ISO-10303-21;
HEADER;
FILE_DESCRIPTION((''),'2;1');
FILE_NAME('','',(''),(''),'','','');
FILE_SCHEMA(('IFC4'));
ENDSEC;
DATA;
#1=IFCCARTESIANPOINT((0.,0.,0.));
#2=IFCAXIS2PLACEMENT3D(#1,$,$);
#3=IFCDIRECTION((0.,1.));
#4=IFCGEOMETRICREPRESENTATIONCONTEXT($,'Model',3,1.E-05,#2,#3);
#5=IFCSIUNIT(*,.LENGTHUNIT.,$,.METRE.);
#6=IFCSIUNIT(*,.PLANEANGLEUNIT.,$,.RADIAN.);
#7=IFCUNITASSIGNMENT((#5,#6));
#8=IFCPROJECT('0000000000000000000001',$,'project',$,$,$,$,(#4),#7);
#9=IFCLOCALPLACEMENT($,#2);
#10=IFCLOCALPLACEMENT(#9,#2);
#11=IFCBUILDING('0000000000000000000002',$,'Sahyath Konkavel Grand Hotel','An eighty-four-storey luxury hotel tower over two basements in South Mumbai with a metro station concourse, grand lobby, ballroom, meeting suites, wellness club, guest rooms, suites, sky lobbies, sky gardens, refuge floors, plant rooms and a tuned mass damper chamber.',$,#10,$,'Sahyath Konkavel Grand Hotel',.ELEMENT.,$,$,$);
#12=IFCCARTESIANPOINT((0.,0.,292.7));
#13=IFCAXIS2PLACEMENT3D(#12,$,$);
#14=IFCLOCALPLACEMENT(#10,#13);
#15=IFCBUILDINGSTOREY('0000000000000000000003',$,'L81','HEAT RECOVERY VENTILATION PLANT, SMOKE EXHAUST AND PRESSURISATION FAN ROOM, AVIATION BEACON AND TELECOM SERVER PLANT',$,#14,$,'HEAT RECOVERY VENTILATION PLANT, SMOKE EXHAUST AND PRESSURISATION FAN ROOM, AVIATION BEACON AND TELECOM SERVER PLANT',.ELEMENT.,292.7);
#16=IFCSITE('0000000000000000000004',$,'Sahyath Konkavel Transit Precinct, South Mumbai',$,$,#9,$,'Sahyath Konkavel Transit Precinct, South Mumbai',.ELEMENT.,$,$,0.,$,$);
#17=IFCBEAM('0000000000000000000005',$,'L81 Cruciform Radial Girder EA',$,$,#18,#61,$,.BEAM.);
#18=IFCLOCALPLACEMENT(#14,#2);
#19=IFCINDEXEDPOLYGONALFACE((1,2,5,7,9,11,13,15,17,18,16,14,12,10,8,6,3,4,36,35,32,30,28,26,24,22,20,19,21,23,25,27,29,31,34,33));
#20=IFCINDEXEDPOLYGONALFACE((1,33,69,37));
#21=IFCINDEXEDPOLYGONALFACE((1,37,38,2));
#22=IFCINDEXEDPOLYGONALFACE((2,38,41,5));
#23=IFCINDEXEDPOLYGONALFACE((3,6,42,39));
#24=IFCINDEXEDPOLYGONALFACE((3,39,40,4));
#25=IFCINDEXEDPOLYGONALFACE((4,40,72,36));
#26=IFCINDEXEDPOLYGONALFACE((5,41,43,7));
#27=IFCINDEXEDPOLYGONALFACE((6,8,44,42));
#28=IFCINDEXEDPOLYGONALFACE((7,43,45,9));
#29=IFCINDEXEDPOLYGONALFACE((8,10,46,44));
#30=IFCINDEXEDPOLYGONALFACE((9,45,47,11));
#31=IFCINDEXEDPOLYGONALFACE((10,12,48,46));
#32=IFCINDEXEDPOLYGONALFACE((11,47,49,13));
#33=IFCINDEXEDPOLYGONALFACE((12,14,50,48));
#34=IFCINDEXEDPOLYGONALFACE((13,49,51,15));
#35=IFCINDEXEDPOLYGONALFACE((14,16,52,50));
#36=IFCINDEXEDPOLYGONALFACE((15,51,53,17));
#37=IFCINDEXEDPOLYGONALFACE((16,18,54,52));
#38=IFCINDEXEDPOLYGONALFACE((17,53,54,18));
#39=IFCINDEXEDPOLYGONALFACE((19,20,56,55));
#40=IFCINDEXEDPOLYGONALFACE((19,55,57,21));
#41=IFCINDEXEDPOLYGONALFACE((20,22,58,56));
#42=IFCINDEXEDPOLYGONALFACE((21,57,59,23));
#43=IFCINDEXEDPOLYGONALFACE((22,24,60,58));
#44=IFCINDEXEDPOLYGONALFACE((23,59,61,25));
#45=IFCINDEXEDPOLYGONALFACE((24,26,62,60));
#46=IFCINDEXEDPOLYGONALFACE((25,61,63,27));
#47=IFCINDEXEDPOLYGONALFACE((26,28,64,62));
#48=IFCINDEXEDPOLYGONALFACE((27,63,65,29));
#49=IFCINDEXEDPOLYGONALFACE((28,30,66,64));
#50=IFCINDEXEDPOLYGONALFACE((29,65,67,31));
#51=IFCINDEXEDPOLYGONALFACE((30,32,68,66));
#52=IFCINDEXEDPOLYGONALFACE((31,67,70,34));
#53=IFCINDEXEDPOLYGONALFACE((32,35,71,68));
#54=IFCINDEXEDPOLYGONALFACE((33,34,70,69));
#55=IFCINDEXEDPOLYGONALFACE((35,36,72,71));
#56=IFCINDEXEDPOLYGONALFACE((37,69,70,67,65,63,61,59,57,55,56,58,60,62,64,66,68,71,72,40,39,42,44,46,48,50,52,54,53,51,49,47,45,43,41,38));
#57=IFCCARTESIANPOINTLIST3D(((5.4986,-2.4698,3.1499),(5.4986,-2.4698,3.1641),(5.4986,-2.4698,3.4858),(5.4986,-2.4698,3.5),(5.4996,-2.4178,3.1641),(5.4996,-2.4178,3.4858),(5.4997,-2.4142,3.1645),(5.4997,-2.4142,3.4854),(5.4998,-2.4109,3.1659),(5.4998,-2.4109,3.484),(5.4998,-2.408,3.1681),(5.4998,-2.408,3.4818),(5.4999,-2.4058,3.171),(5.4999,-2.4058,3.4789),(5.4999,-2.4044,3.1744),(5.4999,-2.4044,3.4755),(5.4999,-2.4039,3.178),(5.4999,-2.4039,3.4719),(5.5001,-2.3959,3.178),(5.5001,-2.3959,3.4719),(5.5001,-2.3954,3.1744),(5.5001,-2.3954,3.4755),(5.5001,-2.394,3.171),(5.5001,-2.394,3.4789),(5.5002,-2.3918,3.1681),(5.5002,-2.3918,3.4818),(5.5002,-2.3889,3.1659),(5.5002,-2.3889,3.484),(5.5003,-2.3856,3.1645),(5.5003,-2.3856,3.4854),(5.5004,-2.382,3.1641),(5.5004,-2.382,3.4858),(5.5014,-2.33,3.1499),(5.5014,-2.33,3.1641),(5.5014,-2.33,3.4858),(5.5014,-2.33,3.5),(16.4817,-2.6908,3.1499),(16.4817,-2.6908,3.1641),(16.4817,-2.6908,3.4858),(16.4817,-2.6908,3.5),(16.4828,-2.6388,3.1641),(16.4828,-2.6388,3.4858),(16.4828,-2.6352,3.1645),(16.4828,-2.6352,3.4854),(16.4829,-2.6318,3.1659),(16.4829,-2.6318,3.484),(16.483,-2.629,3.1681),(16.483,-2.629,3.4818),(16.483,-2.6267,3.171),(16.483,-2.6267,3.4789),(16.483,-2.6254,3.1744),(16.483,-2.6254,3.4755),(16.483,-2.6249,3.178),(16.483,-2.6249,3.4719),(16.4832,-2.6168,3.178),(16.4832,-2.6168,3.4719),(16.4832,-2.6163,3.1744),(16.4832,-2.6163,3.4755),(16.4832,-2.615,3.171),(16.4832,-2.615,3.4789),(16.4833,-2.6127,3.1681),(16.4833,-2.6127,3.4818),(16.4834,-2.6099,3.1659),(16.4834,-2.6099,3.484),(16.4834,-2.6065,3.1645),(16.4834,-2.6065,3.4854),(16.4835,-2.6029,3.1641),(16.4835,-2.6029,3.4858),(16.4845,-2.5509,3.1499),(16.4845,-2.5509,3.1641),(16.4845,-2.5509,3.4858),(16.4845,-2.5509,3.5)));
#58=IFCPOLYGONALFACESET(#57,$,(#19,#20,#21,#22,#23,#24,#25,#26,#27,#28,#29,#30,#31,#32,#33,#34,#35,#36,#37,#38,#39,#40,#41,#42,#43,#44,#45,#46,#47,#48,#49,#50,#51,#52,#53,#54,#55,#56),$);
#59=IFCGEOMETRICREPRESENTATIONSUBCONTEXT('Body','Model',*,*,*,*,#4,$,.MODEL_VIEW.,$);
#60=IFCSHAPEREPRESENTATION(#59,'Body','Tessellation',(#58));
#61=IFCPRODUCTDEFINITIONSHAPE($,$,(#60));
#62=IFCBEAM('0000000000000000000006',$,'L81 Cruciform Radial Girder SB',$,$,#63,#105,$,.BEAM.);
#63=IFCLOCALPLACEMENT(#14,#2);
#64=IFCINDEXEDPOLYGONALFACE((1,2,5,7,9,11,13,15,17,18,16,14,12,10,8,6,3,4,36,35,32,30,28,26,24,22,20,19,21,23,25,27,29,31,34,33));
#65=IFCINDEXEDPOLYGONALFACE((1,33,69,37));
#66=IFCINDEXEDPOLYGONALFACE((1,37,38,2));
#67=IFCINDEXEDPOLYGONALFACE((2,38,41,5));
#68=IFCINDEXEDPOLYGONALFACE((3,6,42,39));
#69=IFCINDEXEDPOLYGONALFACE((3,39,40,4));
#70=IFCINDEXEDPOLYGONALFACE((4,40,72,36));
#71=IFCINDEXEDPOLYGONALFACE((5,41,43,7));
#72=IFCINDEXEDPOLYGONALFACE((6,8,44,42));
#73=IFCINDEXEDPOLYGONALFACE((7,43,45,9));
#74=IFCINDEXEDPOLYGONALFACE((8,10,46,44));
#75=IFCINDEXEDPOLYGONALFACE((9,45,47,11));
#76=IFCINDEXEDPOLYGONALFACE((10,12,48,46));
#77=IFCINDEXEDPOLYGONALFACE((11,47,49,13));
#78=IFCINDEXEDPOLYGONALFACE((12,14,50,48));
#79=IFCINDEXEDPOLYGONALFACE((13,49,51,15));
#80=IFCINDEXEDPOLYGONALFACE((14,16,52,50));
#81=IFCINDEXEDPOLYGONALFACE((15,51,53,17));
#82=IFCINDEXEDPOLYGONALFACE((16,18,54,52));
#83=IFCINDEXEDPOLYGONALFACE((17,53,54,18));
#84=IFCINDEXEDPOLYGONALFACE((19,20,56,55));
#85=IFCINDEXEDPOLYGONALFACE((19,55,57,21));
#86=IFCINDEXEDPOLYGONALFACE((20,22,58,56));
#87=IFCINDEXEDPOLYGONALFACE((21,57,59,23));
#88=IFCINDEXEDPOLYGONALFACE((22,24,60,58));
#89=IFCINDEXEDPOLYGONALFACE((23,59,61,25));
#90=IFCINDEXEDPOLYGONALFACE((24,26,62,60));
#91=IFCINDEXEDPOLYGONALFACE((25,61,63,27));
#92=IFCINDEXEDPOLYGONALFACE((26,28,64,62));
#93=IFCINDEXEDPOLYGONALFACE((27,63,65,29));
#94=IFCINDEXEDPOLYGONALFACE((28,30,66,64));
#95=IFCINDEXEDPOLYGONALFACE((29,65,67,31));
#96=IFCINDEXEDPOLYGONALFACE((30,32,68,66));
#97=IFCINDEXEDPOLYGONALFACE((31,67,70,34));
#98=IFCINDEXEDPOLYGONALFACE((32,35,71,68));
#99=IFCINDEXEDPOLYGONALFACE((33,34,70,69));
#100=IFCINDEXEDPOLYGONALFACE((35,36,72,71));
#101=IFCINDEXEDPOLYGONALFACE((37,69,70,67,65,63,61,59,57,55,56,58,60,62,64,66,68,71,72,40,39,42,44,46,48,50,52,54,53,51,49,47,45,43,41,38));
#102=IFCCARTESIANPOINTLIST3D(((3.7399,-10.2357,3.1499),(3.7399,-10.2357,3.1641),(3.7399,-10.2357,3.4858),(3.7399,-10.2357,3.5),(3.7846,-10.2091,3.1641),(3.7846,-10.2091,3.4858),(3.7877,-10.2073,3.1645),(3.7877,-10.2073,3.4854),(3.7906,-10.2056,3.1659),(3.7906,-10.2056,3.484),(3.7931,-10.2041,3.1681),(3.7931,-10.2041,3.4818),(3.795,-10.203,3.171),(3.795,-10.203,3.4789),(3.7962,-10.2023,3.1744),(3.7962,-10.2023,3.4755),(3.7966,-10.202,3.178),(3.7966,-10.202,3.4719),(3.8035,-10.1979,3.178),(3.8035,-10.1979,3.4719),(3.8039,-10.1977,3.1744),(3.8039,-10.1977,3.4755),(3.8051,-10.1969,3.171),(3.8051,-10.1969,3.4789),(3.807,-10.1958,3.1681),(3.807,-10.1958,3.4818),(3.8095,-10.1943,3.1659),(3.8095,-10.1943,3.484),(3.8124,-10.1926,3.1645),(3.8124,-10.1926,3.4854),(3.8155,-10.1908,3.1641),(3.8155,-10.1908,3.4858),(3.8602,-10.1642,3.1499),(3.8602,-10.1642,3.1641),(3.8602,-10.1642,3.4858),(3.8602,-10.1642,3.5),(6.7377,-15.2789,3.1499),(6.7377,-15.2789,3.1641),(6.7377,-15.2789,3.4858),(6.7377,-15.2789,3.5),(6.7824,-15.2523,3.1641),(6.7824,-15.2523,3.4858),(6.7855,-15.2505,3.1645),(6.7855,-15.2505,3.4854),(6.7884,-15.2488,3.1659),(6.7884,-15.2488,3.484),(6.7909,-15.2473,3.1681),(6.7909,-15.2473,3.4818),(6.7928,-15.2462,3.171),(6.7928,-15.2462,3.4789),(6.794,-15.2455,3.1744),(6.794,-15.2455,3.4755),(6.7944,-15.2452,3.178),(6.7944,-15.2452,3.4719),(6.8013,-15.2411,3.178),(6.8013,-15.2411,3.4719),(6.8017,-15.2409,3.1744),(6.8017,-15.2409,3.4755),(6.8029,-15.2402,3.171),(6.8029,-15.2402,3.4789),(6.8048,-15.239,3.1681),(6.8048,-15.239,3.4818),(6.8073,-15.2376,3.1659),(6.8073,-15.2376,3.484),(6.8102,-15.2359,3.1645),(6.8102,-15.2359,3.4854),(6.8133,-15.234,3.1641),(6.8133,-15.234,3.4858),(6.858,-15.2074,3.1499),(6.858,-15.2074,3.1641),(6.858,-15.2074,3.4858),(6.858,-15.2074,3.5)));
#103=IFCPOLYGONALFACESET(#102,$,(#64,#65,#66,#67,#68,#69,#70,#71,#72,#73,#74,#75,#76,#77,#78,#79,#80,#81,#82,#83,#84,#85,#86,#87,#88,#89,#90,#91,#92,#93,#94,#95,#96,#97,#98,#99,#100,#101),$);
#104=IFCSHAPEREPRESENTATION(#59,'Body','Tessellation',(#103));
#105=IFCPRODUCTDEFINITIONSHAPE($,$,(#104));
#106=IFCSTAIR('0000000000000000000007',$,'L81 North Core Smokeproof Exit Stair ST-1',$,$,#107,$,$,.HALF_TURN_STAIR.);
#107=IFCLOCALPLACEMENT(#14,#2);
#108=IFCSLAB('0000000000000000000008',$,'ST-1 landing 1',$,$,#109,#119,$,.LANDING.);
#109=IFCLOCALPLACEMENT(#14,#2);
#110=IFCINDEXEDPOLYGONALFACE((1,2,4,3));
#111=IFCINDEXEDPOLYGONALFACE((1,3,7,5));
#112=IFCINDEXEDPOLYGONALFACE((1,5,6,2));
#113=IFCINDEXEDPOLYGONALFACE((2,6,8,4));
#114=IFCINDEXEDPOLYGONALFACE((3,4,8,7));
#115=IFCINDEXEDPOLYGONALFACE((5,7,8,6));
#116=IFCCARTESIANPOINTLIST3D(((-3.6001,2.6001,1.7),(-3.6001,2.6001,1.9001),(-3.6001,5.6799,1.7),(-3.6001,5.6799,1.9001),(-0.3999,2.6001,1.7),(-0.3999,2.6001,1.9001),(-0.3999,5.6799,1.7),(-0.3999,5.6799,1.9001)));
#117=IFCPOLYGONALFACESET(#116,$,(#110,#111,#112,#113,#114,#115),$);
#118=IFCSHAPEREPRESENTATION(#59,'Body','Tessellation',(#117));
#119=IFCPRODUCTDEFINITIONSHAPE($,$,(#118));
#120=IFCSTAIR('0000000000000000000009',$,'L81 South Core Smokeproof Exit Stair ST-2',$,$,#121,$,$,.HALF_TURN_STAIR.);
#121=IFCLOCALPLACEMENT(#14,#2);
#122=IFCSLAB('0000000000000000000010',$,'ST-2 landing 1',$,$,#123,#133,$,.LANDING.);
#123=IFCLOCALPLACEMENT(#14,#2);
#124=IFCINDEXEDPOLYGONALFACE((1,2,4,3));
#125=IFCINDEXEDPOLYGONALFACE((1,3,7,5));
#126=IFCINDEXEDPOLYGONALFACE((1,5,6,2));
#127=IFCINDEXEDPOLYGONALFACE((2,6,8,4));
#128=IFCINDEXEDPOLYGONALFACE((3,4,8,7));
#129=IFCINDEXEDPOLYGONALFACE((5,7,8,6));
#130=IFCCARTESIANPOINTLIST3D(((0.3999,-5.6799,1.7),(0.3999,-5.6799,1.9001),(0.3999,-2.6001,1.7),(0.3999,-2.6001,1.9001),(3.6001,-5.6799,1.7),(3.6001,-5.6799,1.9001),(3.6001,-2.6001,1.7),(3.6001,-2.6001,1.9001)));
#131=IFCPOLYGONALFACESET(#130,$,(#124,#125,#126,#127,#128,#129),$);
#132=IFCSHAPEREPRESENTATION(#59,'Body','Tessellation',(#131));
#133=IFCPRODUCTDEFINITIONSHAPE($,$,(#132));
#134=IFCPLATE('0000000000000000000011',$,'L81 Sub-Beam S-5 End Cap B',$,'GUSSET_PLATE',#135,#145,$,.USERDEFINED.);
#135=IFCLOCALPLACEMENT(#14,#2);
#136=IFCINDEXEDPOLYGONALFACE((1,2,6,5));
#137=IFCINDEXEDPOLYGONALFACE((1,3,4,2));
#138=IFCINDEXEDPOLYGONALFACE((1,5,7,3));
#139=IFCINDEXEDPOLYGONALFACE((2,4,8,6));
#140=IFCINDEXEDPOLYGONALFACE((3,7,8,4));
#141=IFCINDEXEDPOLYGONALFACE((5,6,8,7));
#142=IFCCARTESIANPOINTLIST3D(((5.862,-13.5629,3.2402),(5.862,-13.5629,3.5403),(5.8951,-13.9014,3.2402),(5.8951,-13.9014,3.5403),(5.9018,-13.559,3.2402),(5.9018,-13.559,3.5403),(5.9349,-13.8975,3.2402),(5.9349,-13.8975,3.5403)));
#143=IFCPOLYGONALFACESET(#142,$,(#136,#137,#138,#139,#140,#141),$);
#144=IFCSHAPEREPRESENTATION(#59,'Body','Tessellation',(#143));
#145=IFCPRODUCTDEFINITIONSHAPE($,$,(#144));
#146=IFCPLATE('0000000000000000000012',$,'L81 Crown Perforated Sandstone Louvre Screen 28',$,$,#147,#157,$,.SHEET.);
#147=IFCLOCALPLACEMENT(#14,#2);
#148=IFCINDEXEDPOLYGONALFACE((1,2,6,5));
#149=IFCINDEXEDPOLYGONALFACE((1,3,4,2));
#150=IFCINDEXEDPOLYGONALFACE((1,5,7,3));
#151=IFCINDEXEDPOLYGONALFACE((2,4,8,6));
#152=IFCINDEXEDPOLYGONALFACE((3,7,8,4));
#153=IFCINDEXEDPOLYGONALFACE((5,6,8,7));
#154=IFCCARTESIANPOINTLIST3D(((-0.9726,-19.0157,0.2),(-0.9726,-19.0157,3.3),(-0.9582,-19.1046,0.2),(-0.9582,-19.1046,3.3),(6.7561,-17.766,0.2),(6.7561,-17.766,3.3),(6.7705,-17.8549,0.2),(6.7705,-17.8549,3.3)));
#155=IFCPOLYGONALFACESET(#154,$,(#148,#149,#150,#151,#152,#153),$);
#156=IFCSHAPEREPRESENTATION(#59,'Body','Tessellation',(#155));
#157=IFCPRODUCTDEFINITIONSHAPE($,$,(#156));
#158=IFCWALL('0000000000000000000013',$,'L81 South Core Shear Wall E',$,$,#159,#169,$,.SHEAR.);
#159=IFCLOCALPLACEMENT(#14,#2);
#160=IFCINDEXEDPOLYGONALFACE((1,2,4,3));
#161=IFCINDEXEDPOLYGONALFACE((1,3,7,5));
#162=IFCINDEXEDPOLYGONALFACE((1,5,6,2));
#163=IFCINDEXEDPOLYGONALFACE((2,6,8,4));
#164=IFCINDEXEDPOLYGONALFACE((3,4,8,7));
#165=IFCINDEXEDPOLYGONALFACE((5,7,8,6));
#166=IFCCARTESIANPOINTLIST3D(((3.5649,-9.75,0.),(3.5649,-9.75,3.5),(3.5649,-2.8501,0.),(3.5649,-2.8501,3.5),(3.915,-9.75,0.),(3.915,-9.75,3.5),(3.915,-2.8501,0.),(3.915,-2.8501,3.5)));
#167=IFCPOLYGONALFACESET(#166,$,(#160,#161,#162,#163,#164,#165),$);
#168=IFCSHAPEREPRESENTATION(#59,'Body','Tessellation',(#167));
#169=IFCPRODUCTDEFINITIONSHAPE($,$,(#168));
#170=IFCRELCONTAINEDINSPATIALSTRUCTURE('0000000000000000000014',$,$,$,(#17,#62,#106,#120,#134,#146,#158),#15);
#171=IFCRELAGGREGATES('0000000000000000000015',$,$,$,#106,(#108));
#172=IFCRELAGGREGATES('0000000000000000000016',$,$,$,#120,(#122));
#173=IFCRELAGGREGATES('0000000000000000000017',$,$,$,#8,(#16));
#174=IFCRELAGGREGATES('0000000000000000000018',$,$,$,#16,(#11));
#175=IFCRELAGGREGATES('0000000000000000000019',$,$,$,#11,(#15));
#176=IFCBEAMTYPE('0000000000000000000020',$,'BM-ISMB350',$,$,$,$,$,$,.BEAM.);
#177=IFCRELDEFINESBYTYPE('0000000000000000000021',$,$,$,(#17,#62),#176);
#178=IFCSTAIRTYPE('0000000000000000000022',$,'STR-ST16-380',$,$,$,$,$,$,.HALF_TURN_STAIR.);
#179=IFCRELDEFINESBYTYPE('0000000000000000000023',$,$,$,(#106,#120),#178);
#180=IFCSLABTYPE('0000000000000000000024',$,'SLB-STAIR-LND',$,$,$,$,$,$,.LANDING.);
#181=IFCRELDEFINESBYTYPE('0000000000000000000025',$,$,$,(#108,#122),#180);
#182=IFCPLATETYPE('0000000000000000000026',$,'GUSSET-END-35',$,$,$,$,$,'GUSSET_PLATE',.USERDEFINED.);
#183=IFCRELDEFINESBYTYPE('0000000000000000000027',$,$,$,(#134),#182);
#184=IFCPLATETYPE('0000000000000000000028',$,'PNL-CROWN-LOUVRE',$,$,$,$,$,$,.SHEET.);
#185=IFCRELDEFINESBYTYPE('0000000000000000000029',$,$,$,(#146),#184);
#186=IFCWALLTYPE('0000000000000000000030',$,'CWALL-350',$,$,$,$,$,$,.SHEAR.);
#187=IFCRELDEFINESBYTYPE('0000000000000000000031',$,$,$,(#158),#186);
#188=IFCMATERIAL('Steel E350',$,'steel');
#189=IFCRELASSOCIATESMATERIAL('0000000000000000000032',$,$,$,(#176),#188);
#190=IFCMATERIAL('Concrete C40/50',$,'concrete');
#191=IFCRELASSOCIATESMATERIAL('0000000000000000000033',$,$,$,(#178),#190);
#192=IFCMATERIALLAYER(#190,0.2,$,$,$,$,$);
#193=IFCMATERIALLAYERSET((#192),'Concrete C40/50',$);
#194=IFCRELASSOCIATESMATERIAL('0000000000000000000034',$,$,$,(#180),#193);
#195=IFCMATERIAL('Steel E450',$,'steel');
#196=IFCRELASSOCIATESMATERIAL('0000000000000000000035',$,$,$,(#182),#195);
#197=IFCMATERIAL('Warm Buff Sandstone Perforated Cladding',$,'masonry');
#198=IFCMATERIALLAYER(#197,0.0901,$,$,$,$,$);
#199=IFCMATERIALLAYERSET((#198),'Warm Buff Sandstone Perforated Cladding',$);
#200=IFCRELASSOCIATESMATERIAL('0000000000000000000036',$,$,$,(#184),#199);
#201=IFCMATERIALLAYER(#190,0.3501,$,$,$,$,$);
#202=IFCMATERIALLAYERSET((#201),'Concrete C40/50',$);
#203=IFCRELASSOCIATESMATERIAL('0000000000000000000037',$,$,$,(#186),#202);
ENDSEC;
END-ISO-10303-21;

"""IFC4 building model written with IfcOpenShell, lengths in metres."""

from ifc_helpers import new_model, si_unit, direction, frame, frame_2d, origin, origin_2d, place, context, subcontext, project, spatial, polyline, rectangle, i_section, outline, extrude, source, transform, mapped, material, layer, layer_set, material_profile, profile_set, type_object, element, aggregate, save


model = new_model("IFC4")

# Units and contexts
model_context = context("Model", 3, precision=1e-05, world=origin(), true_north=direction((0.0, 1.0)))
body_context = subcontext(model_context, "Body", "Model", "MODEL_VIEW")
ifc_project = project(units=[si_unit("LENGTHUNIT", "METRE"), si_unit("PLANEANGLEUNIT", "RADIAN")], contexts=[model_context])

# Site, building, storey
site_placement = place(None, origin())
site = spatial("IfcSite", under=ifc_project, at=site_placement, Name="Sahyath Konkavel Transit Precinct, South Mumbai", LongName="Sahyath Konkavel Transit Precinct, South Mumbai", CompositionType="ELEMENT", RefElevation=0.0)
building_placement = place(site_placement, origin())
building = spatial("IfcBuilding", under=site, at=building_placement, Name="Sahyath Konkavel Grand Hotel", Description="An eighty-four-storey luxury hotel tower over two basements in South Mumbai with a metro station concourse, grand lobby, ballroom, meeting suites, wellness club, guest rooms, suites, sky lobbies, sky gardens, refuge floors, plant rooms and a tuned mass damper chamber.", LongName="Sahyath Konkavel Grand Hotel", CompositionType="ELEMENT")
storey_placement = place(building_placement, frame((0.0, 0.0, 292.7)))
storey = spatial("IfcBuildingStorey", under=building, at=storey_placement, Name="L81", Description="HEAT RECOVERY VENTILATION PLANT, SMOKE EXHAUST AND PRESSURISATION FAN ROOM, AVIATION BEACON AND TELECOM SERVER PLANT", LongName="HEAT RECOVERY VENTILATION PLANT, SMOKE EXHAUST AND PRESSURISATION FAN ROOM, AVIATION BEACON AND TELECOM SERVER PLANT", CompositionType="ELEMENT", Elevation=292.7)

# Shared definitions
ifc_material_1 = material(Name="Concrete C40/50", Category="concrete")

# Beams
ifc_material_2 = material(Name="Steel E350", Category="steel")
ifc_material_profile_1 = material_profile(ifc_material_2, i_section(OverallWidth=0.1399, OverallDepth=0.3501, WebThickness=0.0081, FlangeThickness=0.0142, FilletRadius=0.0139, at=origin_2d()), Name="ISMB 350")
ifc_profile_set_1 = profile_set([ifc_material_profile_1], Name="Steel E350")
beam_type_1 = type_object("IfcBeamType", Name="BM-ISMB350", PredefinedType="BEAM", material=ifc_profile_set_1)
shared_shape_1 = source(origin(), body_context, "Body", "SweptSolid", [
    extrude(i_section(OverallWidth=0.1399, OverallDepth=0.3501, WebThickness=0.0081, FlangeThickness=0.0142, FilletRadius=0.0139, at=origin_2d()), origin(), (0.0, 0.0, 1.0), 10.9854),
])
beam_1_placement = place(storey_placement, frame((5.5, -2.3999, 3.325), z_axis=(0.999798, -0.020113, 0.0), x_axis=(0.020113, 0.999798, 0.0)))
element("IfcBeam", 1, at=beam_1_placement, inside=storey, type_object=beam_type_1, Name="L81 Cruciform Radial Girder EA", PredefinedType="BEAM", context=body_context, shape_type="MappedRepresentation", body=[
    mapped(shared_shape_1, transform((0.0, 0.0, 0.0), scale=1.0)),
])
shared_shape_2 = source(origin(), body_context, "Body", "SweptSolid", [
    extrude(i_section(OverallWidth=0.1399, OverallDepth=0.3501, WebThickness=0.0081, FlangeThickness=0.0142, FilletRadius=0.0139, at=origin_2d()), origin(), (0.0, 0.0, 1.0), 5.8669),
])
beam_2_placement = place(storey_placement, frame((3.8, -10.2, 3.325), z_axis=(0.510967, -0.859601, 0.0), x_axis=(0.859601, 0.510967, 0.0)))
element("IfcBeam", 2, at=beam_2_placement, inside=storey, type_object=beam_type_1, Name="L81 Cruciform Radial Girder SB", PredefinedType="BEAM", context=body_context, shape_type="MappedRepresentation", body=[
    mapped(shared_shape_2, transform((0.0, 0.0, 0.0), scale=1.0)),
])

# Stairs, slabs
stair_type = type_object("IfcStairType", Name="STR-ST16-380", PredefinedType="HALF_TURN_STAIR", material=ifc_material_1)
stair_1_placement = place(storey_placement, origin())
stair_1 = element("IfcStair", 3, at=stair_1_placement, inside=storey, type_object=stair_type, Name="L81 North Core Smokeproof Exit Stair ST-1", PredefinedType="HALF_TURN_STAIR")
ifc_layer_1 = layer(ifc_material_1, 0.2)
ifc_layer_set_1 = layer_set([ifc_layer_1], Name="Concrete C40/50")
slab_type = type_object("IfcSlabType", Name="SLB-STAIR-LND", PredefinedType="LANDING", material=ifc_layer_set_1)
slab_1_placement = place(storey_placement, frame((0.0, 0.0, 1.7)))
slab_1 = element("IfcSlab", 4, at=slab_1_placement, type_object=slab_type, Name="ST-1 landing 1", PredefinedType="LANDING", context=body_context, shape_type="SweptSolid", body=[
    extrude(outline(polyline([(-3.6001, 5.6799), (-3.6001, 2.6001), (-0.3999, 2.6001), (-0.3999, 5.6799), (-3.6001, 5.6799)])), origin(), (0.0, 0.0, 1.0), 0.2002),
])
aggregate(stair_1, [slab_1])
stair_2_placement = place(storey_placement, origin())
stair_2 = element("IfcStair", 5, at=stair_2_placement, inside=storey, type_object=stair_type, Name="L81 South Core Smokeproof Exit Stair ST-2", PredefinedType="HALF_TURN_STAIR")
slab_2_placement = place(storey_placement, frame((0.0, 0.0, 1.7)))
slab_2 = element("IfcSlab", 6, at=slab_2_placement, type_object=slab_type, Name="ST-2 landing 1", PredefinedType="LANDING", context=body_context, shape_type="SweptSolid", body=[
    extrude(outline(polyline([(3.6001, -5.6799), (3.6001, -2.6001), (0.3999, -2.6001), (0.3999, -5.6799), (3.6001, -5.6799)])), origin(), (0.0, 0.0, 1.0), 0.2002),
])

# Plates
ifc_material_3 = material(Name="Steel E450", Category="steel")
plate_type_1 = type_object("IfcPlateType", Name="GUSSET-END-35", ElementType="GUSSET_PLATE", PredefinedType="USERDEFINED", material=ifc_material_3)
shared_shape_3 = source(origin(), body_context, "Body", "SweptSolid", [
    extrude(rectangle(XDim=0.04, YDim=0.3401, at=origin_2d()), origin(), (0.0, 0.0, 1.0), 0.3),
])
plate_1_placement = place(storey_placement, frame((5.8984, -13.7302, 3.2402), z_axis=(0.0, 0.0, 1.0), x_axis=(0.99525, 0.097357, 0.0)))
element("IfcPlate", 7, at=plate_1_placement, inside=storey, type_object=plate_type_1, Name="L81 Sub-Beam S-5 End Cap B", ObjectType="GUSSET_PLATE", PredefinedType="USERDEFINED", context=body_context, shape_type="MappedRepresentation", body=[
    mapped(shared_shape_3, transform((0.0, 0.0, 0.0), scale=1.0)),
])
ifc_material_4 = material(Name="Warm Buff Sandstone Perforated Cladding", Category="masonry")
ifc_layer_2 = layer(ifc_material_4, 0.0901)
ifc_layer_set_2 = layer_set([ifc_layer_2], Name="Warm Buff Sandstone Perforated Cladding")
plate_type_2 = type_object("IfcPlateType", Name="PNL-CROWN-LOUVRE", PredefinedType="SHEET", material=ifc_layer_set_2)
shared_shape_4 = source(origin(), body_context, "Body", "SweptSolid", [
    extrude(rectangle(XDim=7.8291, YDim=0.0901, at=origin_2d()), origin(), (0.0, 0.0, 1.0), 3.1001),
])
plate_2_placement = place(storey_placement, frame((2.8989, -18.4353, 0.2), z_axis=(0.0, 0.0, 1.0), x_axis=(0.987178, 0.159623, 0.0)))
element("IfcPlate", 8, at=plate_2_placement, inside=storey, type_object=plate_type_2, Name="L81 Crown Perforated Sandstone Louvre Screen 28", PredefinedType="SHEET", context=body_context, shape_type="MappedRepresentation", body=[
    mapped(shared_shape_4, transform((0.0, 0.0, 0.0), scale=1.0)),
])

# Wall
ifc_layer_3 = layer(ifc_material_1, 0.3501)
ifc_layer_set_3 = layer_set([ifc_layer_3], Name="Concrete C40/50")
wall_type_1 = type_object("IfcWallType", Name="CWALL-350", PredefinedType="SHEAR", material=ifc_layer_set_3)
wall_1_placement = place(storey_placement, frame((3.74, -9.75, 0.0), z_axis=(0.0, 0.0, 1.0), x_axis=(0.0, 1.0, 0.0)))
element("IfcWall", 9, at=wall_1_placement, inside=storey, type_object=wall_type_1, Name="L81 South Core Shear Wall E", PredefinedType="SHEAR", context=body_context, shape_type="SweptSolid", body=[
    extrude(rectangle(XDim=6.8999, YDim=0.3501, at=frame_2d((3.45, 0.0))), origin(), (0.0, 0.0, 1.0), 3.5),
])

aggregate(stair_2, [slab_2])

save(model, "model.ifc")
